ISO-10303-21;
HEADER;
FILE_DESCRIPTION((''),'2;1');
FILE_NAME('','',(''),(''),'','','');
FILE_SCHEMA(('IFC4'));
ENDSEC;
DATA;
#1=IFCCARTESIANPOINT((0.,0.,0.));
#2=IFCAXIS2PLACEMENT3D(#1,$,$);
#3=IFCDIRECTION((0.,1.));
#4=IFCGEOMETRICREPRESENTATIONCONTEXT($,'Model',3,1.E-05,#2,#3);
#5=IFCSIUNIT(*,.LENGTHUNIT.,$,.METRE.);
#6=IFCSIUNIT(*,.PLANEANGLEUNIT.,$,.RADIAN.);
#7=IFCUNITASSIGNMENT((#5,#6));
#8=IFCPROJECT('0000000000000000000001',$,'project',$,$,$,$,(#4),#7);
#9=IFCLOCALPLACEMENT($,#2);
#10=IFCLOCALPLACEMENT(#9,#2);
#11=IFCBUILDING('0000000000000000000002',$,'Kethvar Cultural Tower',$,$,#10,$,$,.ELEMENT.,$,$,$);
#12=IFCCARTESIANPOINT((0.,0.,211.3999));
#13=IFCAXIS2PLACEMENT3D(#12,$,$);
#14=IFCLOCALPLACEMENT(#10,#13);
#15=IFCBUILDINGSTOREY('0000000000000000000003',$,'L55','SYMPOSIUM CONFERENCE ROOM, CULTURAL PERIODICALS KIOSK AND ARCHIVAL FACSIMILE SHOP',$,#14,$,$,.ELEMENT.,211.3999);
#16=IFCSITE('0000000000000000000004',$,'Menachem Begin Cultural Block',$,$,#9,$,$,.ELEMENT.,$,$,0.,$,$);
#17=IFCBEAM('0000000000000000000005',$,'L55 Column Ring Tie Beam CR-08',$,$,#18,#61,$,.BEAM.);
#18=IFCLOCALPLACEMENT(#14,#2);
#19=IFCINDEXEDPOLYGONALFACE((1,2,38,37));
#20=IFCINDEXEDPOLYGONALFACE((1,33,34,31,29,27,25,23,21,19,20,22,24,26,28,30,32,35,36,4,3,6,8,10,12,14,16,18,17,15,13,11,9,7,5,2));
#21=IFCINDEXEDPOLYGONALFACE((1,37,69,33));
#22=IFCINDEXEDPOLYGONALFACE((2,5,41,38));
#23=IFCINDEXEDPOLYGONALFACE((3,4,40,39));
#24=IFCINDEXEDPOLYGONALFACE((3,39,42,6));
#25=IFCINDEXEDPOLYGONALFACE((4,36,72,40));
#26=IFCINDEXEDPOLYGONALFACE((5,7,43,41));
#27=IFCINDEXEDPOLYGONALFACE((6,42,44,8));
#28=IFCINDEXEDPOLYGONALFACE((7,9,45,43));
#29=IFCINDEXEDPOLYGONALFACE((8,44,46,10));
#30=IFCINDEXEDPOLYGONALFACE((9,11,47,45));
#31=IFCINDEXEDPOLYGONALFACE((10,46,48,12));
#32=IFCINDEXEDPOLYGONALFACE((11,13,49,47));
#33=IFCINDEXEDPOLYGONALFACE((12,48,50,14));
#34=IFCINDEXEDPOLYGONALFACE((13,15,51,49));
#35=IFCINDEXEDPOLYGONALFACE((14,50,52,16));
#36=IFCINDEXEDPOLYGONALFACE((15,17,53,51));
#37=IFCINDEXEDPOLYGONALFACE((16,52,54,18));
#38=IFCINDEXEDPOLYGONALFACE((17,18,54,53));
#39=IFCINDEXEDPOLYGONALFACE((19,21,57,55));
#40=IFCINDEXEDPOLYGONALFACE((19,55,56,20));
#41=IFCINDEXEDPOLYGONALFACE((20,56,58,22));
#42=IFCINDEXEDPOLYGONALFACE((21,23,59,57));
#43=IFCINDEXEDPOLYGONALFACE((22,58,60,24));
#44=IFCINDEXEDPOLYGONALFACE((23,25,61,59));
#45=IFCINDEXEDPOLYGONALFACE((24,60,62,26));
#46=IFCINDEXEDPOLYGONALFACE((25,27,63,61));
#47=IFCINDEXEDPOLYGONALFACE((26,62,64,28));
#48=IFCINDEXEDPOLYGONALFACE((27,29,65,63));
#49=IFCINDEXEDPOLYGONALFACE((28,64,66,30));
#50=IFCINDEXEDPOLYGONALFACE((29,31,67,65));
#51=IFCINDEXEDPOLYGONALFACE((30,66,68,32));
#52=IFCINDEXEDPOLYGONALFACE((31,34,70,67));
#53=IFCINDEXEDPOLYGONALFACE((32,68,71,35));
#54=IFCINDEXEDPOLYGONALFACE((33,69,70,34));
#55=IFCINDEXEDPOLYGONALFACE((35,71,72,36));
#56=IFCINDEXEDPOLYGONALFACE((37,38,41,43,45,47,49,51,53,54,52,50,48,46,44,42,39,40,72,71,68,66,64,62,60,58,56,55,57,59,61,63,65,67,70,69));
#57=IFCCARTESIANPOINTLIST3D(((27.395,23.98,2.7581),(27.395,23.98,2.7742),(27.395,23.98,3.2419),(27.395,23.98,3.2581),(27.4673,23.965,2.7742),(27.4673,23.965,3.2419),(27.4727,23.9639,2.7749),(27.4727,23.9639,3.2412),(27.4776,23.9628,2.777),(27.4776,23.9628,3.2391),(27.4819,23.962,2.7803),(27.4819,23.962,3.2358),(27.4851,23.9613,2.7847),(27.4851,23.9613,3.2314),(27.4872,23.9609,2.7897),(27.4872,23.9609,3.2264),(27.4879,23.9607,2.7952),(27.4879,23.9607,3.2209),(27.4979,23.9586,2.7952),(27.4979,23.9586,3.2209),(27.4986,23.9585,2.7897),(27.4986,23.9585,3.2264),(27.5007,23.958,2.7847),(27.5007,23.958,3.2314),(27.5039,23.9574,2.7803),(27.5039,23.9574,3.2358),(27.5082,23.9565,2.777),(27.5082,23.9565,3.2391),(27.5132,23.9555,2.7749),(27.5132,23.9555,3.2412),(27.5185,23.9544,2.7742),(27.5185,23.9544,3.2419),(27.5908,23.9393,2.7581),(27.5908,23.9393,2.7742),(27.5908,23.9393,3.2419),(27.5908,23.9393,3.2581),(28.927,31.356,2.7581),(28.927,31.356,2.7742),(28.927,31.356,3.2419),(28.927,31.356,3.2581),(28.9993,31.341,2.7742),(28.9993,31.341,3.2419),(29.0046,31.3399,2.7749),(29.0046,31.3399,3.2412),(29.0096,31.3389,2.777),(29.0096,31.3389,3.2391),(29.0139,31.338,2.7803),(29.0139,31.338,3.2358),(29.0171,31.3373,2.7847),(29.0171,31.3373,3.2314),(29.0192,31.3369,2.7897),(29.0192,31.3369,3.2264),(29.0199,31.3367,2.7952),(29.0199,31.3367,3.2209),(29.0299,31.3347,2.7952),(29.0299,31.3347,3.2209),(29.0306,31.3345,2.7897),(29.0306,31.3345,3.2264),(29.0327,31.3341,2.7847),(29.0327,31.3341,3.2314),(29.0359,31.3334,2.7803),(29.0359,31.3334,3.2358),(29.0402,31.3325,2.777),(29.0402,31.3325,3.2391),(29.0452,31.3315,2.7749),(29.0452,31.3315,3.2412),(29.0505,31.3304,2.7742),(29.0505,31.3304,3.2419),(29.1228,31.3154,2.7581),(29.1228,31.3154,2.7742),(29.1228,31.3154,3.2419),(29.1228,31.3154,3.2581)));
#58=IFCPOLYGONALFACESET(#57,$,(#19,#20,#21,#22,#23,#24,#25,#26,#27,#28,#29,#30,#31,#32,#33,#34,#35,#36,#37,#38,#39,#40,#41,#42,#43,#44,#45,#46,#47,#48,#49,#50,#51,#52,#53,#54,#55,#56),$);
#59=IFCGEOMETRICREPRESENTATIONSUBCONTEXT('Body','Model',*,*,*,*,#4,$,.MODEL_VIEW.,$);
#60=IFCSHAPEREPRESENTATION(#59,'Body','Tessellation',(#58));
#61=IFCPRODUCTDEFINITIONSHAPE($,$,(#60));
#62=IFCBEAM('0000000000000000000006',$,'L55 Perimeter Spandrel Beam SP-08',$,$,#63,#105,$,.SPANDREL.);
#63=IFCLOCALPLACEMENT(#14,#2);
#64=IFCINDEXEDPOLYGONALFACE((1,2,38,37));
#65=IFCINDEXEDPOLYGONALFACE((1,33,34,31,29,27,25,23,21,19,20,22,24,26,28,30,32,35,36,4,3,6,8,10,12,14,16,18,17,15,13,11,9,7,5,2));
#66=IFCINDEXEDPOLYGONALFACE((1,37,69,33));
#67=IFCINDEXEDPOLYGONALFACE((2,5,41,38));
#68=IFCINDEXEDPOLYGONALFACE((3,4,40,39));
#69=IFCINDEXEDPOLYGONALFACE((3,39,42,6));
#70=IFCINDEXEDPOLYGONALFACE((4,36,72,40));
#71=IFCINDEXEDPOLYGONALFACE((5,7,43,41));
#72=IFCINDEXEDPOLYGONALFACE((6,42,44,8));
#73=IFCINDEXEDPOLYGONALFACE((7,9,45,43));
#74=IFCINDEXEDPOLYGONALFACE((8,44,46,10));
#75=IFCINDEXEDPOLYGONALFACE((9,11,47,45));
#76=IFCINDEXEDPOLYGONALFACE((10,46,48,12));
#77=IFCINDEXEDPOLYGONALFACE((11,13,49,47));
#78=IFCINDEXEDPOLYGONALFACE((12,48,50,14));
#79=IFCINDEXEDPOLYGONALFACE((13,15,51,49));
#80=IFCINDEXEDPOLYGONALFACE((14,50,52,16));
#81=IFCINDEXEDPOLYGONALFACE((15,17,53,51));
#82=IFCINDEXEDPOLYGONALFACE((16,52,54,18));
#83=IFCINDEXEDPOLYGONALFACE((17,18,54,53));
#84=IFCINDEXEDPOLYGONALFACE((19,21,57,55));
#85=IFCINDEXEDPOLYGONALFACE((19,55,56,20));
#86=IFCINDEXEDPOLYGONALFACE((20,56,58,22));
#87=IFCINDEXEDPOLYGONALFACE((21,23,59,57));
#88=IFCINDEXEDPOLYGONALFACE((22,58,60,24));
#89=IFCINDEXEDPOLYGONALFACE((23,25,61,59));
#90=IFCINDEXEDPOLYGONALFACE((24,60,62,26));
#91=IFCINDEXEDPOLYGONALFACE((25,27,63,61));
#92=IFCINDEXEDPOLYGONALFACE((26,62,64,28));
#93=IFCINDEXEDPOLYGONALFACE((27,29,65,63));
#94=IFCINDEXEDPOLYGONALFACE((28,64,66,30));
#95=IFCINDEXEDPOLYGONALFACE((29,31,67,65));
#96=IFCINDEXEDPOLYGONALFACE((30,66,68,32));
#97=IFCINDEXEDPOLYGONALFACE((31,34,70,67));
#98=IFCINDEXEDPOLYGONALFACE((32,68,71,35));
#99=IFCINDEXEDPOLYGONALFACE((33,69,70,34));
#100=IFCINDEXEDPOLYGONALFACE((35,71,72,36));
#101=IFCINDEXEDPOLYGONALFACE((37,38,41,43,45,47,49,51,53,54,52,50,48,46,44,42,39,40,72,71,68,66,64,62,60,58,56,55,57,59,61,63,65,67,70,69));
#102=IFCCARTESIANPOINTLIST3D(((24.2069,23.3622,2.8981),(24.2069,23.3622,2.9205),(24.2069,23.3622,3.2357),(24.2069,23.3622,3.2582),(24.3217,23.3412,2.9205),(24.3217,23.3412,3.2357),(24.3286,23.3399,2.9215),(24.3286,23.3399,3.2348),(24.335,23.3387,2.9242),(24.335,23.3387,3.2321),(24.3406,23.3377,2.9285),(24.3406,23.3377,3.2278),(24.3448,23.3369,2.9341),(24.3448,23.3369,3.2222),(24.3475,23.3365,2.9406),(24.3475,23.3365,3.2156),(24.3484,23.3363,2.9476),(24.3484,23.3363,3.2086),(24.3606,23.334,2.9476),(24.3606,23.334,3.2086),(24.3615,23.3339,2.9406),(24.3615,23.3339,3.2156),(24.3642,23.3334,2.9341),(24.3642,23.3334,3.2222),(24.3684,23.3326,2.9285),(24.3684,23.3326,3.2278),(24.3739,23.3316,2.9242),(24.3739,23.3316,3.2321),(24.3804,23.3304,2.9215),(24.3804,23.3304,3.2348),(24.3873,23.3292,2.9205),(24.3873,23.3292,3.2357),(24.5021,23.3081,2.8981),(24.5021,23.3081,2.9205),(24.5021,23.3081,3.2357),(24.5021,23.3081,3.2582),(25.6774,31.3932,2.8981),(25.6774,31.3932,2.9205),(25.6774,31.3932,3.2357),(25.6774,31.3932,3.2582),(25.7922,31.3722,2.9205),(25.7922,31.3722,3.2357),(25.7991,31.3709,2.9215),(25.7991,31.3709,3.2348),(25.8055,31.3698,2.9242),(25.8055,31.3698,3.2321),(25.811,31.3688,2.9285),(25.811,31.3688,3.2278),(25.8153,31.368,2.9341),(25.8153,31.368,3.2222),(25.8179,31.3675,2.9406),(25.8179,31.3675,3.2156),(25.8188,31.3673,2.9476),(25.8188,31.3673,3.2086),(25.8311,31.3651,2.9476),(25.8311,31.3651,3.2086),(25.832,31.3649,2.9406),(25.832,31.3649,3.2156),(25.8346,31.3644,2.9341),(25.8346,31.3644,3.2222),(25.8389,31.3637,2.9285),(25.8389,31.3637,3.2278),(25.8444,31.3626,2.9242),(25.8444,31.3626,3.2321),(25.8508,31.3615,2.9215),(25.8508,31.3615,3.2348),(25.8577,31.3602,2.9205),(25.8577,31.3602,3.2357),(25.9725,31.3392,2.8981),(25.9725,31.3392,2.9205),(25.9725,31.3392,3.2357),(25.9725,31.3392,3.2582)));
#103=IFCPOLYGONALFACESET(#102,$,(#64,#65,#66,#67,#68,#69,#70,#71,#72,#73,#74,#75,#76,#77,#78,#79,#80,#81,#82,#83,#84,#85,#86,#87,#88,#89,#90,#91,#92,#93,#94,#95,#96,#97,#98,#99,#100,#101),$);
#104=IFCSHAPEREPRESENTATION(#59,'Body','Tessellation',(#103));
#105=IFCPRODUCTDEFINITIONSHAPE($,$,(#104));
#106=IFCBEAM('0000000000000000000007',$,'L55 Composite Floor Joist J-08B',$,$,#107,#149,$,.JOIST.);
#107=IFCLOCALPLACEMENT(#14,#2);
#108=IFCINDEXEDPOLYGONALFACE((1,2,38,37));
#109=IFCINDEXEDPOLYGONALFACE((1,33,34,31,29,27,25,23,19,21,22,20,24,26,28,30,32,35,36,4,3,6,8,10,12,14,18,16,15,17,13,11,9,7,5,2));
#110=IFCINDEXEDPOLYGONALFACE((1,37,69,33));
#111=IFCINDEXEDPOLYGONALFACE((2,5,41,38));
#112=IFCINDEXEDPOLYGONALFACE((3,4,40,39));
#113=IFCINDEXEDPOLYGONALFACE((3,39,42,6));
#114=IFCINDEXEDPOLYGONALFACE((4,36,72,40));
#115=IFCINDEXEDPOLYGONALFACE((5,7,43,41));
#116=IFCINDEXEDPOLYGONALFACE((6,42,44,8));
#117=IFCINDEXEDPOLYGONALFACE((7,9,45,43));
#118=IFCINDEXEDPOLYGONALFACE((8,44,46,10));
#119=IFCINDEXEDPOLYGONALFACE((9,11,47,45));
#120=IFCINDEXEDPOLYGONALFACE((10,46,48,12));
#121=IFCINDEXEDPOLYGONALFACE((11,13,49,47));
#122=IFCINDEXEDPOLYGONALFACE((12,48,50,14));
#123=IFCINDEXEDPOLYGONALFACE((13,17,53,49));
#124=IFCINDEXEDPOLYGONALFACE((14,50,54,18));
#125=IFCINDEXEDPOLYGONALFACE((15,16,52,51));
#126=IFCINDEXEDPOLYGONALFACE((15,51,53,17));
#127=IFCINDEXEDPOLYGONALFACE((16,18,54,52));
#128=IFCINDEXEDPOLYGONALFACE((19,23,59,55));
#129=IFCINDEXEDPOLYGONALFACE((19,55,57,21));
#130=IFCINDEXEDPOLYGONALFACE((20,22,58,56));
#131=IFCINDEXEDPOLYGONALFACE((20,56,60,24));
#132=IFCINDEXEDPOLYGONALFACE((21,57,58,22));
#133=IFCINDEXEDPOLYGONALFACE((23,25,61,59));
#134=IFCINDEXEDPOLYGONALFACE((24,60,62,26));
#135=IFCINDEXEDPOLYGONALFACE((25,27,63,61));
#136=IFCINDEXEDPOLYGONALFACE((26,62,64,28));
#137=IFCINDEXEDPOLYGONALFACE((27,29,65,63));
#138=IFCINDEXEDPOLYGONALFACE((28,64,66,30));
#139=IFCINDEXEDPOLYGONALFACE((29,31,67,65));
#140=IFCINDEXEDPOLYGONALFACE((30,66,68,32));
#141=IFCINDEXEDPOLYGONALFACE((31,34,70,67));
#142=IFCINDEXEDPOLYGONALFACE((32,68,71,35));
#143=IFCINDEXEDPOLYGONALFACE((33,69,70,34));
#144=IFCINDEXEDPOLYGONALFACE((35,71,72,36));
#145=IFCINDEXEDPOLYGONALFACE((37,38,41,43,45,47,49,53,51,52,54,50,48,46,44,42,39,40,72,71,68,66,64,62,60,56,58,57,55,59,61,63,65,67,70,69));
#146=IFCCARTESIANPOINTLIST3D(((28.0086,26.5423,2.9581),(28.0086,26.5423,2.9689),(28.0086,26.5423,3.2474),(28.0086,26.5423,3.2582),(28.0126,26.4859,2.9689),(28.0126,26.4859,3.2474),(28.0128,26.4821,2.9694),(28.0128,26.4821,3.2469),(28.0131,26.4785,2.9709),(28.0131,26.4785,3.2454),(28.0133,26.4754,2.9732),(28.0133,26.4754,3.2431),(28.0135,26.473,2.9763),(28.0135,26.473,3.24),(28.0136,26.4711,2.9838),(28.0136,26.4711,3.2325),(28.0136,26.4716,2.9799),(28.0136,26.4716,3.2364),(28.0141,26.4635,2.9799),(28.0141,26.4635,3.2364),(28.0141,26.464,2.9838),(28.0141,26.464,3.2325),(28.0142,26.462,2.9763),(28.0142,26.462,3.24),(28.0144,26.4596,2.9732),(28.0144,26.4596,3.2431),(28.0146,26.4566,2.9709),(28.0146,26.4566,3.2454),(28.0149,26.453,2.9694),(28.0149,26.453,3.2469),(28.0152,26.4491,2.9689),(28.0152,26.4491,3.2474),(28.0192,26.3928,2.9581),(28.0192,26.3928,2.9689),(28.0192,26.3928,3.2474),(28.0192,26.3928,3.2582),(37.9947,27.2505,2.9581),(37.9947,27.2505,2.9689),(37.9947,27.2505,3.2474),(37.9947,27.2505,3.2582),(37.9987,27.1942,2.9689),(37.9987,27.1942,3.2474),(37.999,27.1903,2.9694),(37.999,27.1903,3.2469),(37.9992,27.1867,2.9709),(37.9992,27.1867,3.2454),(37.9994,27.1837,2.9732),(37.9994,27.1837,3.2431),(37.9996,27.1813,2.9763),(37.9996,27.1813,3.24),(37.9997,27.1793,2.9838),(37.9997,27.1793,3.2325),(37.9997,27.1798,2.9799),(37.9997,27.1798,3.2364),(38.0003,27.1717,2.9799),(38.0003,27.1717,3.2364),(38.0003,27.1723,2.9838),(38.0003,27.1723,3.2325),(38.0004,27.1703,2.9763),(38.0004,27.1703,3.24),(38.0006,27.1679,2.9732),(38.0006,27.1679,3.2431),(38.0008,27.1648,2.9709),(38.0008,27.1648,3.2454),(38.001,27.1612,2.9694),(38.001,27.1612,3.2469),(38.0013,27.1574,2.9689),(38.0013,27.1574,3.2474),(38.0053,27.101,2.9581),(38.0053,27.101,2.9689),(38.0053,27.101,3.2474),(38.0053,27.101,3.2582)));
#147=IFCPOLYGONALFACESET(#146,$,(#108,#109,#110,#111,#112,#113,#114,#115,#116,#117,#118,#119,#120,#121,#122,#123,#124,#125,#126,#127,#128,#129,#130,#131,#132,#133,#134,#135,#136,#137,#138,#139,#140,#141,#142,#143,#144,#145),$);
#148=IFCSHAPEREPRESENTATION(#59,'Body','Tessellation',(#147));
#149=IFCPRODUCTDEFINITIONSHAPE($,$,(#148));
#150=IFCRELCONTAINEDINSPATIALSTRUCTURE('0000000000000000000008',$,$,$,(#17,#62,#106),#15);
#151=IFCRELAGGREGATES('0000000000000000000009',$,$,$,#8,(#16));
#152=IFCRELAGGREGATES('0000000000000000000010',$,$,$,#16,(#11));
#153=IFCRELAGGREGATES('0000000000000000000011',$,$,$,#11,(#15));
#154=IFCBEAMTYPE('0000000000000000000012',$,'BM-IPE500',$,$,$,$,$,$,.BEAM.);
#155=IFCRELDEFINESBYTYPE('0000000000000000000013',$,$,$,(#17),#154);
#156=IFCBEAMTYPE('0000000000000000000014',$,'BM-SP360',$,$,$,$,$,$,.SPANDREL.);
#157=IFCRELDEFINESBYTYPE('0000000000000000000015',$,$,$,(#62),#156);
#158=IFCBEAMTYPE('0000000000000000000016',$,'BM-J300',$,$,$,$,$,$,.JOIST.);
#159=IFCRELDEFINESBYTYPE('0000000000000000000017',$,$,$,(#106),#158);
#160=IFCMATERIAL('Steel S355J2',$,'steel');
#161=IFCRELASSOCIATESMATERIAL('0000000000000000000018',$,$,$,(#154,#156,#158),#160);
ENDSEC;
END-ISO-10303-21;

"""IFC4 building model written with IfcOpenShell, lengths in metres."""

from ifc_helpers import new_model, si_unit, direction, frame, origin, origin_2d, place, context, subcontext, project, spatial, i_section, extrude, source, transform, mapped, material, material_profile, profile_set, type_object, element, save


model = new_model("IFC4")

# Units and contexts
model_context = context("Model", 3, precision=1e-05, world=origin(), true_north=direction((0.0, 1.0)))
body_context = subcontext(model_context, "Body", "Model", "MODEL_VIEW")
ifc_project = project(units=[si_unit("LENGTHUNIT", "METRE"), si_unit("PLANEANGLEUNIT", "RADIAN")], contexts=[model_context])

# Site, building, storey
site_placement = place(None, origin())
site = spatial("IfcSite", under=ifc_project, at=site_placement, Name="Menachem Begin Cultural Block", CompositionType="ELEMENT", RefElevation=0.0)
building_placement = place(site_placement, origin())
building = spatial("IfcBuilding", under=site, at=building_placement, Name="Kethvar Cultural Tower", CompositionType="ELEMENT")
storey_placement = place(building_placement, frame((0.0, 0.0, 211.3999)))
storey = spatial("IfcBuildingStorey", under=building, at=storey_placement, Name="L55", Description="SYMPOSIUM CONFERENCE ROOM, CULTURAL PERIODICALS KIOSK AND ARCHIVAL FACSIMILE SHOP", CompositionType="ELEMENT", Elevation=211.3999)

# Beams
ifc_material_1 = material(Name="Steel S355J2", Category="steel")
ifc_material_profile_1 = material_profile(ifc_material_1, i_section(OverallWidth=0.2, OverallDepth=0.5, WebThickness=0.0103, FlangeThickness=0.0161, FilletRadius=0.021, at=origin_2d()), Name="Steel S355J2 — IPE500")
ifc_profile_set_1 = profile_set([ifc_material_profile_1], Name="Steel S355J2 — IPE500")
beam_type_1 = type_object("IfcBeamType", Name="BM-IPE500", PredefinedType="BEAM", material=ifc_profile_set_1)
shared_shape_1 = source(origin(), body_context, "Body", "SweptSolid", [
    extrude(i_section(OverallWidth=0.2, OverallDepth=0.5, WebThickness=0.0103, FlangeThickness=0.0161, FilletRadius=0.021, at=origin_2d()), origin(), (0.0, 0.0, 1.0), 7.5334),
])
beam_1_placement = place(storey_placement, frame((29.0249, 31.3357, 3.0081), z_axis=(-0.203359, -0.979104, 0.0), x_axis=(0.979104, -0.203359, 0.0)))
element("IfcBeam", 1, at=beam_1_placement, inside=storey, type_object=beam_type_1, Name="L55 Column Ring Tie Beam CR-08", PredefinedType="BEAM", context=body_context, shape_type="MappedRepresentation", body=[
    mapped(shared_shape_1, transform((0.0, 0.0, 0.0), scale=1.0)),
])
ifc_material_profile_2 = material_profile(ifc_material_1, i_section(OverallWidth=0.3, OverallDepth=0.3601, WebThickness=0.0125, FlangeThickness=0.0225, FilletRadius=0.0271, at=origin_2d()), Name="Steel S355J2 — HEB360")
ifc_profile_set_2 = profile_set([ifc_material_profile_2], Name="Steel S355J2 — HEB360")
beam_type_2 = type_object("IfcBeamType", Name="BM-SP360", PredefinedType="SPANDREL", material=ifc_profile_set_2)
shared_shape_2 = source(origin(), body_context, "Body", "SweptSolid", [
    extrude(i_section(OverallWidth=0.3, OverallDepth=0.3601, WebThickness=0.0125, FlangeThickness=0.0225, FilletRadius=0.0271, at=origin_2d()), origin(), (0.0, 0.0, 1.0), 8.1646),
])
beam_2_placement = place(storey_placement, frame((25.825, 31.3662, 3.0781), z_axis=(-0.180104, -0.983648, 0.0), x_axis=(0.983648, -0.180104, 0.0)))
element("IfcBeam", 2, at=beam_2_placement, inside=storey, type_object=beam_type_2, Name="L55 Perimeter Spandrel Beam SP-08", PredefinedType="SPANDREL", context=body_context, shape_type="MappedRepresentation", body=[
    mapped(shared_shape_2, transform((0.0, 0.0, 0.0), scale=1.0)),
])
ifc_material_profile_3 = material_profile(ifc_material_1, i_section(OverallWidth=0.1499, OverallDepth=0.3, WebThickness=0.0071, FlangeThickness=0.0107, FilletRadius=0.0149, at=origin_2d()), Name="Steel S355J2 — IPE300")
ifc_profile_set_3 = profile_set([ifc_material_profile_3], Name="Steel S355J2 — IPE300")
beam_type_3 = type_object("IfcBeamType", Name="BM-J300", PredefinedType="JOIST", material=ifc_profile_set_3)
shared_shape_3 = source(origin(), body_context, "Body", "SweptSolid", [
    extrude(i_section(OverallWidth=0.1499, OverallDepth=0.3, WebThickness=0.0071, FlangeThickness=0.0107, FilletRadius=0.0149, at=origin_2d()), origin(), (0.0, 0.0, 1.0), 10.0112),
])
beam_3_placement = place(storey_placement, frame((38.0, 27.1758, 3.1082), z_axis=(-0.997494, -0.070746, 0.0), x_axis=(0.070746, -0.997494, 0.0)))
element("IfcBeam", 3, at=beam_3_placement, inside=storey, type_object=beam_type_3, Name="L55 Composite Floor Joist J-08B", PredefinedType="JOIST", context=body_context, shape_type="MappedRepresentation", body=[
    mapped(shared_shape_3, transform((0.0, 0.0, 0.0), scale=1.0)),
])

save(model, "model.ifc")
